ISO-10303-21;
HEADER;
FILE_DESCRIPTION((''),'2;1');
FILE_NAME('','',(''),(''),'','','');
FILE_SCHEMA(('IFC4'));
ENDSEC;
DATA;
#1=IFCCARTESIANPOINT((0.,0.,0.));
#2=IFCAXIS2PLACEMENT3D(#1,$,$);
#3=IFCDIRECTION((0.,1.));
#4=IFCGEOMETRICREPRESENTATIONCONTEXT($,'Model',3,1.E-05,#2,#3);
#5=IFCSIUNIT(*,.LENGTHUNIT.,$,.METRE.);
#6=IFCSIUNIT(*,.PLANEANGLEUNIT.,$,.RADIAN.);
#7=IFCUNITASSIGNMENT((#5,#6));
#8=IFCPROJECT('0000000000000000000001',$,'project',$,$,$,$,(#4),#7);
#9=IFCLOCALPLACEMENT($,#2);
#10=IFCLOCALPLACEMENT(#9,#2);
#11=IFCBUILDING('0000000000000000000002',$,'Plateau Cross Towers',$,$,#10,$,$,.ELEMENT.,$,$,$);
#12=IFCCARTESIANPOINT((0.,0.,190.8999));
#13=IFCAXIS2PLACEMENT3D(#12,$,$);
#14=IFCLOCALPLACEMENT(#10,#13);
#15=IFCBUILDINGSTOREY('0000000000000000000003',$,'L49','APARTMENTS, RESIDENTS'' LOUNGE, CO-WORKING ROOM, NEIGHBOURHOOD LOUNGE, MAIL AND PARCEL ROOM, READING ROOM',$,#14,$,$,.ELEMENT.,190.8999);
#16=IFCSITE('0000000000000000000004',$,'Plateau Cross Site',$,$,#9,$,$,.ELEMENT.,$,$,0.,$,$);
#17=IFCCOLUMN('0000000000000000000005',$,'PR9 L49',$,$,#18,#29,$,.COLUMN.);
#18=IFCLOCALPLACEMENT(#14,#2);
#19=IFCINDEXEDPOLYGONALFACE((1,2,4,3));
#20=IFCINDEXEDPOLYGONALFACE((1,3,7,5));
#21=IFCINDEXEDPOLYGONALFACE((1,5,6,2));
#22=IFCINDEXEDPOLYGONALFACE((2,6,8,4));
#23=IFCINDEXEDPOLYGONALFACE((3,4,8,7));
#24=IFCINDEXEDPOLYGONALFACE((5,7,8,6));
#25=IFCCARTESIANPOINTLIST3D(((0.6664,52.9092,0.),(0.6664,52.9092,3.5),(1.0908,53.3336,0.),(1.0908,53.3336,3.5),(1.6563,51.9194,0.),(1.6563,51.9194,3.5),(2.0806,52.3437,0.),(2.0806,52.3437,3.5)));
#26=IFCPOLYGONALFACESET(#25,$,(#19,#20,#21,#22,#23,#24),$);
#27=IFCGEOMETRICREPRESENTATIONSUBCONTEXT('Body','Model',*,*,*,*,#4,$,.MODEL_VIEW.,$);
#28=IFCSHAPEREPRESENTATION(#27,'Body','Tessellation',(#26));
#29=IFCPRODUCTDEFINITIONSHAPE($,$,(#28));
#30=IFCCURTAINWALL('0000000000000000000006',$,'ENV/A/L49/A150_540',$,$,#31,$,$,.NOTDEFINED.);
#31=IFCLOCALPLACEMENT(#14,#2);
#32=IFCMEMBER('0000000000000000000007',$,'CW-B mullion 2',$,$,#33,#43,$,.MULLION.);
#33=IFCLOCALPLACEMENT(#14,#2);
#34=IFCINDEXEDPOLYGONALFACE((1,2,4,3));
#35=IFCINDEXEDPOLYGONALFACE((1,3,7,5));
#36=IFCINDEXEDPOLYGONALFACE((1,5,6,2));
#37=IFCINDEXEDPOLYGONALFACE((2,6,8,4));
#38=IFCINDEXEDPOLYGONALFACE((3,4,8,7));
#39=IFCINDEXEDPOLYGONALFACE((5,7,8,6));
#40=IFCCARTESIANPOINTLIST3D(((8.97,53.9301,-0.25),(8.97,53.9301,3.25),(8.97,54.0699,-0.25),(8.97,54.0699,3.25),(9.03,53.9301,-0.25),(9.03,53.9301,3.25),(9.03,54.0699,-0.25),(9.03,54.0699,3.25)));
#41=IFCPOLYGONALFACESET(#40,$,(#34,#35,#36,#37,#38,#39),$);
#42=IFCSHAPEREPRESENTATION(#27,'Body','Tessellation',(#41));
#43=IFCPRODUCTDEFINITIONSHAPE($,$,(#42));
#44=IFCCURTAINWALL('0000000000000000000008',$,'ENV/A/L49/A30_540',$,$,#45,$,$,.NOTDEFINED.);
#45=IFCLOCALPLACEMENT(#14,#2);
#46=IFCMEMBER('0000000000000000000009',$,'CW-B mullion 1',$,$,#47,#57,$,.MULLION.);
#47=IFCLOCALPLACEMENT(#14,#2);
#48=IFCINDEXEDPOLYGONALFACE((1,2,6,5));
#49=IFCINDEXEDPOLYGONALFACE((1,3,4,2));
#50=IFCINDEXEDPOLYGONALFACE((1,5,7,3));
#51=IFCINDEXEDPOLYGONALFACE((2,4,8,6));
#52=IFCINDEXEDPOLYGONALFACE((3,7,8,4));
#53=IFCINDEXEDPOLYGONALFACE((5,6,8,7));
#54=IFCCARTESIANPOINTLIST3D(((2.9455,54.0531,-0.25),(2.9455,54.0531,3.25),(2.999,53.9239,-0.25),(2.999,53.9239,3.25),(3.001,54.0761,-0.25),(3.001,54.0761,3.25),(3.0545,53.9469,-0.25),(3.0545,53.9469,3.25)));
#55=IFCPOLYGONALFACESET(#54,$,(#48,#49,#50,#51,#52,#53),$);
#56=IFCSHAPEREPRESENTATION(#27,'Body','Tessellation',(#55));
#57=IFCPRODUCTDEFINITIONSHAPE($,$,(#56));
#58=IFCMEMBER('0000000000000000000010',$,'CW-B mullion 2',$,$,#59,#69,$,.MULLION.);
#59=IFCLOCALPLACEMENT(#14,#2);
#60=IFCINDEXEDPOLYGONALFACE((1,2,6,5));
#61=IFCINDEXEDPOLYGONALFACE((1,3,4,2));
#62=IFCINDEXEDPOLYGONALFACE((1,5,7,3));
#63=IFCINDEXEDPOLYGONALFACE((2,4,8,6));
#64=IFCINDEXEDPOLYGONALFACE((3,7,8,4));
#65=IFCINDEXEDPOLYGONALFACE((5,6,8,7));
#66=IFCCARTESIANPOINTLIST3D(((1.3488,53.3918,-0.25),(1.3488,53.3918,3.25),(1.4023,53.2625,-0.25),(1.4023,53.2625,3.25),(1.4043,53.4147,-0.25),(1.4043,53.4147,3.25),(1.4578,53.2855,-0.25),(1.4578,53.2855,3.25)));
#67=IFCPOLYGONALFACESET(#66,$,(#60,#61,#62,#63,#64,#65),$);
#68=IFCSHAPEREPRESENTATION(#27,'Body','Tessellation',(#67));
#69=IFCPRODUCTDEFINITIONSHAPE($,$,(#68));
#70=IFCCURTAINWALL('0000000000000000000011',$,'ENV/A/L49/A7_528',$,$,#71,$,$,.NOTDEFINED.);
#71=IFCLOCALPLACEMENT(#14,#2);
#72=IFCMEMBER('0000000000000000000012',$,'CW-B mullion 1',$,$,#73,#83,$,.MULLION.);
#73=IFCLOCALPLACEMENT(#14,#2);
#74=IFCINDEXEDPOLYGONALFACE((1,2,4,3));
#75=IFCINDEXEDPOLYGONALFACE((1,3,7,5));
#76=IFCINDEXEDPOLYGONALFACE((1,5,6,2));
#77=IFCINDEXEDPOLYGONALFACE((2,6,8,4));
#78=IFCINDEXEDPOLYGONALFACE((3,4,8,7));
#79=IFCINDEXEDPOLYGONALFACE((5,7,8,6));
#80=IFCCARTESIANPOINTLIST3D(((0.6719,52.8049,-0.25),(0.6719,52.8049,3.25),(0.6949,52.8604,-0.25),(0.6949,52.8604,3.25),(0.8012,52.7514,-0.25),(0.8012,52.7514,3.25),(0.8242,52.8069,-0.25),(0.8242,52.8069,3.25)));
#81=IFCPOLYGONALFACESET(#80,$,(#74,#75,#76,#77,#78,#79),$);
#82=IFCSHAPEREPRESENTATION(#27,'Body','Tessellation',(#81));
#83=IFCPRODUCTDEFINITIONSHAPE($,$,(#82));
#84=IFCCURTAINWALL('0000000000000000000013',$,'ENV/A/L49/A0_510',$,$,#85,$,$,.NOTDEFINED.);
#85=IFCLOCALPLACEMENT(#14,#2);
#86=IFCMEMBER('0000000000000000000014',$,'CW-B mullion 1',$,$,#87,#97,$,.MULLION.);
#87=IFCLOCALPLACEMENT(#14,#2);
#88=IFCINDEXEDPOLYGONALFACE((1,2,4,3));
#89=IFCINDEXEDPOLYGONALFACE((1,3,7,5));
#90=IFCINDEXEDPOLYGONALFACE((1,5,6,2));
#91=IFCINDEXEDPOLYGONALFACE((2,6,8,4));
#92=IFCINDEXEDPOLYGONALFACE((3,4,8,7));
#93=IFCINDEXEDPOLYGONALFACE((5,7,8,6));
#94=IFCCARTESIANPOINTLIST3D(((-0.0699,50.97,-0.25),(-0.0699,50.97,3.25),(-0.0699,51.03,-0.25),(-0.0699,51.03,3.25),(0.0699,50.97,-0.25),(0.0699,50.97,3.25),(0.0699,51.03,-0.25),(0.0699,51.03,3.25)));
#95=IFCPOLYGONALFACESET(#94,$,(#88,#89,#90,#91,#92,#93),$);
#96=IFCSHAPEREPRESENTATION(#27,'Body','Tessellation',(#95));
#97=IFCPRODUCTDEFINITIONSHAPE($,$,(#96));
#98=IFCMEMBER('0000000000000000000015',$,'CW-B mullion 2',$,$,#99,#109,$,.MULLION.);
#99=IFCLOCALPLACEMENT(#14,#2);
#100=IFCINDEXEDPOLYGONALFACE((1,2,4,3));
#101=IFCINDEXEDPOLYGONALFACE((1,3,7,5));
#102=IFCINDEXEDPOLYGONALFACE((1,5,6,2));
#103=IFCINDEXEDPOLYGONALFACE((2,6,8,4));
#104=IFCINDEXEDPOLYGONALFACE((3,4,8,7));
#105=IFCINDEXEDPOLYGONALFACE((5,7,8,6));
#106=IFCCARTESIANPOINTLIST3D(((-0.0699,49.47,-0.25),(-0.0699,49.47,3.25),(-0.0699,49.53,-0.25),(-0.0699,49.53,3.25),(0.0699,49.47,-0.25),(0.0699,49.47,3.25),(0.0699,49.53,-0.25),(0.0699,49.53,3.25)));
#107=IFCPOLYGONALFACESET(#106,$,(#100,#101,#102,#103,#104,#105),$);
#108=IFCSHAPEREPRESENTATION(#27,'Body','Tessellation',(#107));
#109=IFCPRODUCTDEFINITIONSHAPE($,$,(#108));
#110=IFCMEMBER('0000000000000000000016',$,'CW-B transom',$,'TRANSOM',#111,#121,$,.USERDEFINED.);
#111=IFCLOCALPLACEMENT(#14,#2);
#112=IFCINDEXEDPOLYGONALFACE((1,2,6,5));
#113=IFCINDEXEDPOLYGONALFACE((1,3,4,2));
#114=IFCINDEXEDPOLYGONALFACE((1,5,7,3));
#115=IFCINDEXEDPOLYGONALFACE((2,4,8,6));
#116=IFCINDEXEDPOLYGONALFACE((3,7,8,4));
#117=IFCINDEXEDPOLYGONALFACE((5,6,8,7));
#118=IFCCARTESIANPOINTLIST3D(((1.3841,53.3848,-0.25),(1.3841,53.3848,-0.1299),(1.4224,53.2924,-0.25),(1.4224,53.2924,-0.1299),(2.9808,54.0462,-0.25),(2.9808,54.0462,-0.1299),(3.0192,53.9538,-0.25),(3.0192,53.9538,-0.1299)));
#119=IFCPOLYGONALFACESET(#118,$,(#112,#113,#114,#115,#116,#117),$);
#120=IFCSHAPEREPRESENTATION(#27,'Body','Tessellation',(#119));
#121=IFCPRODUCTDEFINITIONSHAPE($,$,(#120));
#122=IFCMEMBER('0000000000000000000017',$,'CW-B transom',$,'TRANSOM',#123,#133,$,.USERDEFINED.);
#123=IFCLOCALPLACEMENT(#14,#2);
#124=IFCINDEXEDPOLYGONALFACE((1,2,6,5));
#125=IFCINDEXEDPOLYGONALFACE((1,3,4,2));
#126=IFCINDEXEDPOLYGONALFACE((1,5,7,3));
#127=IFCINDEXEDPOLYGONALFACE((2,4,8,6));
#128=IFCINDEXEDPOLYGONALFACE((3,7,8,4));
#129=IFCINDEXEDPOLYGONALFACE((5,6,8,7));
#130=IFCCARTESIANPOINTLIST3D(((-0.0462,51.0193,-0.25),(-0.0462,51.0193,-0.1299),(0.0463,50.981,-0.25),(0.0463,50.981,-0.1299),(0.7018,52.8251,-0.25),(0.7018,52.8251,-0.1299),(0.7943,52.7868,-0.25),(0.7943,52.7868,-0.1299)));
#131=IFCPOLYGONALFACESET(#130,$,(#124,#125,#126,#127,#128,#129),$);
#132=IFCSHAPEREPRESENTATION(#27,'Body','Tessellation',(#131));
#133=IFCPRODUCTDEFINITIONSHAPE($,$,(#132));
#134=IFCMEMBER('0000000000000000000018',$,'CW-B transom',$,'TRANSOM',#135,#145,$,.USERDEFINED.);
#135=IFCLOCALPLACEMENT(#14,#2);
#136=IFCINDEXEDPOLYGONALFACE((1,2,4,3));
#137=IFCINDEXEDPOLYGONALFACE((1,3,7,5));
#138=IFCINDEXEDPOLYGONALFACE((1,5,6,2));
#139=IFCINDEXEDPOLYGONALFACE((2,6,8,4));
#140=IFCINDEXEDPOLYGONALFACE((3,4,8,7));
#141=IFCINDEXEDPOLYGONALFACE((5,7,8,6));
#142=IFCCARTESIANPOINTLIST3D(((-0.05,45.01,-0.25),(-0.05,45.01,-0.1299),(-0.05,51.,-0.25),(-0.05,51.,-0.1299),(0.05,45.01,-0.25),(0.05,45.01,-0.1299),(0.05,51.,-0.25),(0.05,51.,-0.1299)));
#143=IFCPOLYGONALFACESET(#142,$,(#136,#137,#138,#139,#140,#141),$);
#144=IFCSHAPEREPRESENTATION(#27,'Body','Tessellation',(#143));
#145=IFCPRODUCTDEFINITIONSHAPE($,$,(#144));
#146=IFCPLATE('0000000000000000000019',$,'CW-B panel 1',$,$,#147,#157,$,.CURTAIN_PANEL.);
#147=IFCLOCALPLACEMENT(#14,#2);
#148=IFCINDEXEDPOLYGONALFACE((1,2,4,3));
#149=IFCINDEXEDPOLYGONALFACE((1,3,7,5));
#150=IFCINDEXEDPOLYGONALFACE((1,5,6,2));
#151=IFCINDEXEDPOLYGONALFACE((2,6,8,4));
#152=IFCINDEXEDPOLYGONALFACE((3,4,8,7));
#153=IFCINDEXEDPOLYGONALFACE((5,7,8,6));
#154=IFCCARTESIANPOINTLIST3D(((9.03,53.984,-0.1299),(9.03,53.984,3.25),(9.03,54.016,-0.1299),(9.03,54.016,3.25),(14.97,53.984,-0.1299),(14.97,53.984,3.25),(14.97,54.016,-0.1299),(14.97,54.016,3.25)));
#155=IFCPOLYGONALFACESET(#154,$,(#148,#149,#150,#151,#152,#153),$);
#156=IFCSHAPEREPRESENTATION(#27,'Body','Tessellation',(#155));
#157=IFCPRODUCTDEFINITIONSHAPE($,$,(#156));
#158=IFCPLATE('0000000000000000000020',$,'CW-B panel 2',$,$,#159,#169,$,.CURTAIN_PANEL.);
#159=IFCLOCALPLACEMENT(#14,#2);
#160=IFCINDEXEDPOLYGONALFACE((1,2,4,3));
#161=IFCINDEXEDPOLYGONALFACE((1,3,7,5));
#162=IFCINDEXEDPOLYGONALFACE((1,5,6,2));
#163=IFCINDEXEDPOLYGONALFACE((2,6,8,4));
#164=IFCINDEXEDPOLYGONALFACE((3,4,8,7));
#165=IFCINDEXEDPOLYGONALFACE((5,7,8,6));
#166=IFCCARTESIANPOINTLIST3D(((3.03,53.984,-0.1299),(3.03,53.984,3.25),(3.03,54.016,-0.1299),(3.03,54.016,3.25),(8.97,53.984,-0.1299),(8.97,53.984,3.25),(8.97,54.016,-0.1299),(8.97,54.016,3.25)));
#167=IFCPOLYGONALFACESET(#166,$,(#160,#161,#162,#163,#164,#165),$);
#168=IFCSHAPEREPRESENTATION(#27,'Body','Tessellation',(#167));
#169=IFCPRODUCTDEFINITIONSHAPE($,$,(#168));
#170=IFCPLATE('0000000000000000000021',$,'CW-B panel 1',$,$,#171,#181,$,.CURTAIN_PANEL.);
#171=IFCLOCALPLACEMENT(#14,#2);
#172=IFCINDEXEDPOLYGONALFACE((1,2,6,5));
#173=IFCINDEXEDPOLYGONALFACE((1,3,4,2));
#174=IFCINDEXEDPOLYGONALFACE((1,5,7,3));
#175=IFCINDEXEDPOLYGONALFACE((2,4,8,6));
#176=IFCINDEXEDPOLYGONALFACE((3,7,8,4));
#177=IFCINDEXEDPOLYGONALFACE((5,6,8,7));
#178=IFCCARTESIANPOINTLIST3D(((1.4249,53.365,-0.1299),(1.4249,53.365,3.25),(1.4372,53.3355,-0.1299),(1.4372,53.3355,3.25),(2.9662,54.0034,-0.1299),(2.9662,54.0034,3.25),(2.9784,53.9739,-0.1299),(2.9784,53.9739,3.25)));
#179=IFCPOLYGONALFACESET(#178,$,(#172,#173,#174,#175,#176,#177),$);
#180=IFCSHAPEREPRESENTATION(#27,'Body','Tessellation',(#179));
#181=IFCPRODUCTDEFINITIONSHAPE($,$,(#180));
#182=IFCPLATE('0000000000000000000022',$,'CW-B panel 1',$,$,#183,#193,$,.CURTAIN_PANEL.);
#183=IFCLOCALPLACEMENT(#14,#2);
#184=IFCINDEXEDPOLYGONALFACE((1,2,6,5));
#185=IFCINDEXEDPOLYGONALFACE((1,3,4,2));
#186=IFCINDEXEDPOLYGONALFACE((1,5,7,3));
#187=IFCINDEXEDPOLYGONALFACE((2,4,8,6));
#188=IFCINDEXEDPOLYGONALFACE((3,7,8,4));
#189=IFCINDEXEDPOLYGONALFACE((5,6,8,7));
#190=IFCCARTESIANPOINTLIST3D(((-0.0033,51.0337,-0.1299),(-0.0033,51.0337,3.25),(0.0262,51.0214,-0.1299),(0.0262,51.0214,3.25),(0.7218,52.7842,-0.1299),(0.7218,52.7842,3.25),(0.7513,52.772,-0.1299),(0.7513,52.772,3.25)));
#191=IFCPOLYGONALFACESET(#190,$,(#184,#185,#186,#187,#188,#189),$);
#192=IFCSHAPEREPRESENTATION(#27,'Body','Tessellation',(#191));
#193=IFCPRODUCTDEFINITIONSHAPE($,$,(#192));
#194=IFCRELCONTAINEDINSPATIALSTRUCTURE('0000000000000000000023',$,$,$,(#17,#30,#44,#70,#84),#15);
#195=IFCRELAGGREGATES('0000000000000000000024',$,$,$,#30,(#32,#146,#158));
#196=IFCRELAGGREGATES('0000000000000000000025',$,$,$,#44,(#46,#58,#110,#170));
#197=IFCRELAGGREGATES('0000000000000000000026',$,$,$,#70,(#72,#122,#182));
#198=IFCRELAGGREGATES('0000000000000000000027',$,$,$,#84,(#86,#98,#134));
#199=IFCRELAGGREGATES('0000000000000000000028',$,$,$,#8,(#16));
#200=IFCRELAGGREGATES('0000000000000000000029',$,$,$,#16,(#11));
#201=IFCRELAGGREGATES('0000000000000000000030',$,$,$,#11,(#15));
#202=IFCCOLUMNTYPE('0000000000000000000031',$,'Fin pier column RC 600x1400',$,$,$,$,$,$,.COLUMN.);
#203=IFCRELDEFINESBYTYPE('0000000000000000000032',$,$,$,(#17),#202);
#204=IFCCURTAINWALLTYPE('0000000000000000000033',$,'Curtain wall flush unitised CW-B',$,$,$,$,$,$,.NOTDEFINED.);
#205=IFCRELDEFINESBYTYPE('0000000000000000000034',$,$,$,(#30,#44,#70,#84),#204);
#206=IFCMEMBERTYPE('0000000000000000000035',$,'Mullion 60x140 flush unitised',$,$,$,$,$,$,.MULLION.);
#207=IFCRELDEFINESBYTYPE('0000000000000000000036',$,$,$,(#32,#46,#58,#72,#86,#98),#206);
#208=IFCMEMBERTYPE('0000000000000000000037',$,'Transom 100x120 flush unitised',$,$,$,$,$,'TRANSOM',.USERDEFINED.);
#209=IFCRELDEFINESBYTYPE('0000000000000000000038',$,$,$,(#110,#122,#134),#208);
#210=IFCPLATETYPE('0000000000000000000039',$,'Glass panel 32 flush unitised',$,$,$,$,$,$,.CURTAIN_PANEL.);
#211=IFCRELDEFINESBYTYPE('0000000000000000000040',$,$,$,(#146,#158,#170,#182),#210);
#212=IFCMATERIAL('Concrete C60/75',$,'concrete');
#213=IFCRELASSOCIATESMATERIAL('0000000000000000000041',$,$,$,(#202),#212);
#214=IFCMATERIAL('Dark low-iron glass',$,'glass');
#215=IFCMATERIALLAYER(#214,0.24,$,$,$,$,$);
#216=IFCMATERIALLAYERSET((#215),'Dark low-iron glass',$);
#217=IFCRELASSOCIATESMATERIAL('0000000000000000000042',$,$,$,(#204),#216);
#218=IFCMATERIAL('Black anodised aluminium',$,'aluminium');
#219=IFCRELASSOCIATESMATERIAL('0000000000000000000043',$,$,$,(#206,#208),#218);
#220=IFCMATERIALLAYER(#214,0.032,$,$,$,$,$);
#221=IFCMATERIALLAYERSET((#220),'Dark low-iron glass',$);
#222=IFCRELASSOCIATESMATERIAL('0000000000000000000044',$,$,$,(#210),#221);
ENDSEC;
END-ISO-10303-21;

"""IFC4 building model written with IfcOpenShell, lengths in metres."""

from ifc_helpers import new_model, si_unit, direction, frame, origin, origin_2d, place, context, subcontext, project, spatial, rectangle, extrude, material, layer, layer_set, material_profile, profile_set, type_object, element, aggregate, save


model = new_model("IFC4")

# Units and contexts
model_context = context("Model", 3, precision=1e-05, world=origin(), true_north=direction((0.0, 1.0)))
body_context = subcontext(model_context, "Body", "Model", "MODEL_VIEW")
ifc_project = project(units=[si_unit("LENGTHUNIT", "METRE"), si_unit("PLANEANGLEUNIT", "RADIAN")], contexts=[model_context])

# Site, building, storey
site_placement = place(None, origin())
site = spatial("IfcSite", under=ifc_project, at=site_placement, Name="Plateau Cross Site", CompositionType="ELEMENT", RefElevation=0.0)
building_placement = place(site_placement, origin())
building = spatial("IfcBuilding", under=site, at=building_placement, Name="Plateau Cross Towers", CompositionType="ELEMENT")
storey_placement = place(building_placement, frame((0.0, 0.0, 190.8999)))
storey = spatial("IfcBuildingStorey", under=building, at=storey_placement, Name="L49", Description="APARTMENTS, RESIDENTS' LOUNGE, CO-WORKING ROOM, NEIGHBOURHOOD LOUNGE, MAIL AND PARCEL ROOM, READING ROOM", CompositionType="ELEMENT", Elevation=190.8999)

# Column
ifc_material_1 = material(Name="Concrete C60/75", Category="concrete")
ifc_material_profile_1 = material_profile(ifc_material_1, rectangle(XDim=0.6001, YDim=1.3999, at=origin_2d()), Name="RC 600x1400")
ifc_profile_set_1 = profile_set([ifc_material_profile_1], Name="Concrete C60/75")
column_type = type_object("IfcColumnType", Name="Fin pier column RC 600x1400", PredefinedType="COLUMN", material=ifc_profile_set_1)
column_placement = place(storey_placement, frame((1.3735, 52.6265, 0.0), z_axis=(0.0, 0.0, 1.0), x_axis=(0.707107, 0.707107, 0.0)))
element("IfcColumn", 1, at=column_placement, inside=storey, type_object=column_type, Name="PR9 L49", PredefinedType="COLUMN", context=body_context, shape_type="SweptSolid", body=[
    extrude(rectangle(XDim=0.6001, YDim=1.3999, at=origin_2d()), origin(), (0.0, 0.0, 1.0), 3.5),
])

# Curtain wall, member
ifc_material_2 = material(Name="Dark low-iron glass", Category="glass")
ifc_layer_1 = layer(ifc_material_2, 0.24)
ifc_layer_set_1 = layer_set([ifc_layer_1], Name="Dark low-iron glass")
curtain_wall_type = type_object("IfcCurtainWallType", Name="Curtain wall flush unitised CW-B", PredefinedType="NOTDEFINED", material=ifc_layer_set_1)
curtain_wall_1_placement = place(storey_placement, origin())
curtain_wall_1 = element("IfcCurtainWall", 2, at=curtain_wall_1_placement, inside=storey, type_object=curtain_wall_type, Name="ENV/A/L49/A150_540", PredefinedType="NOTDEFINED")
ifc_material_3 = material(Name="Black anodised aluminium", Category="aluminium")
ifc_material_profile_2 = material_profile(ifc_material_3, rectangle(XDim=0.0601, YDim=0.1399, at=origin_2d()), Name="MULLION 60x140")
ifc_profile_set_2 = profile_set([ifc_material_profile_2], Name="Black anodised aluminium")
member_type_1 = type_object("IfcMemberType", Name="Mullion 60x140 flush unitised", PredefinedType="MULLION", material=ifc_profile_set_2)
member_1_placement = place(storey_placement, frame((9.0, 54.0, -0.25), z_axis=(0.0, 0.0, 1.0), x_axis=(-1.0, 0.0, 0.0)))
member_1 = element("IfcMember", 3, at=member_1_placement, type_object=member_type_1, Name="CW-B mullion 2", PredefinedType="MULLION", context=body_context, shape_type="SweptSolid", body=[
    extrude(rectangle(XDim=0.0601, YDim=0.1399, at=origin_2d()), origin(), (0.0, 0.0, 1.0), 3.5),
])

# Curtain wall, members
curtain_wall_2_placement = place(storey_placement, origin())
curtain_wall_2 = element("IfcCurtainWall", 4, at=curtain_wall_2_placement, inside=storey, type_object=curtain_wall_type, Name="ENV/A/L49/A30_540", PredefinedType="NOTDEFINED")
member_2_placement = place(storey_placement, frame((3.0, 54.0, -0.25), z_axis=(0.0, 0.0, 1.0), x_axis=(-0.923879, -0.382684, 0.0)))
member_2 = element("IfcMember", 5, at=member_2_placement, type_object=member_type_1, Name="CW-B mullion 1", PredefinedType="MULLION", context=body_context, shape_type="SweptSolid", body=[
    extrude(rectangle(XDim=0.0601, YDim=0.1399, at=origin_2d()), origin(), (0.0, 0.0, 1.0), 3.5),
])
member_3_placement = place(storey_placement, frame((1.4033, 53.3386, -0.25), z_axis=(0.0, 0.0, 1.0), x_axis=(-0.923879, -0.382684, 0.0)))
member_3 = element("IfcMember", 6, at=member_3_placement, type_object=member_type_1, Name="CW-B mullion 2", PredefinedType="MULLION", context=body_context, shape_type="SweptSolid", body=[
    extrude(rectangle(XDim=0.0601, YDim=0.1399, at=origin_2d()), origin(), (0.0, 0.0, 1.0), 3.5),
])

# Curtain wall, member
curtain_wall_3_placement = place(storey_placement, origin())
curtain_wall_3 = element("IfcCurtainWall", 7, at=curtain_wall_3_placement, inside=storey, type_object=curtain_wall_type, Name="ENV/A/L49/A7_528", PredefinedType="NOTDEFINED")
member_4_placement = place(storey_placement, frame((0.748, 52.8059, -0.25), z_axis=(0.0, 0.0, 1.0), x_axis=(-0.382684, -0.923879, 0.0)))
member_4 = element("IfcMember", 8, at=member_4_placement, type_object=member_type_1, Name="CW-B mullion 1", PredefinedType="MULLION", context=body_context, shape_type="SweptSolid", body=[
    extrude(rectangle(XDim=0.0601, YDim=0.1399, at=origin_2d()), origin(), (0.0, 0.0, 1.0), 3.5),
])

# Curtain wall, members
curtain_wall_4_placement = place(storey_placement, origin())
curtain_wall_4 = element("IfcCurtainWall", 9, at=curtain_wall_4_placement, inside=storey, type_object=curtain_wall_type, Name="ENV/A/L49/A0_510", PredefinedType="NOTDEFINED")
member_5_placement = place(storey_placement, frame((0.0, 51.0, -0.25), z_axis=(0.0, 0.0, 1.0), x_axis=(0.0, -1.0, 0.0)))
member_5 = element("IfcMember", 10, at=member_5_placement, type_object=member_type_1, Name="CW-B mullion 1", PredefinedType="MULLION", context=body_context, shape_type="SweptSolid", body=[
    extrude(rectangle(XDim=0.0601, YDim=0.1399, at=origin_2d()), origin(), (0.0, 0.0, 1.0), 3.5),
])
member_6_placement = place(storey_placement, frame((0.0, 49.5, -0.25), z_axis=(0.0, 0.0, 1.0), x_axis=(0.0, -1.0, 0.0)))
member_6 = element("IfcMember", 11, at=member_6_placement, type_object=member_type_1, Name="CW-B mullion 2", PredefinedType="MULLION", context=body_context, shape_type="SweptSolid", body=[
    extrude(rectangle(XDim=0.0601, YDim=0.1399, at=origin_2d()), origin(), (0.0, 0.0, 1.0), 3.5),
])

# Members
ifc_material_profile_3 = material_profile(ifc_material_3, rectangle(XDim=0.1001, YDim=0.1201, at=origin_2d()), Name="TRANSOM 100x120")
ifc_profile_set_3 = profile_set([ifc_material_profile_3], Name="Black anodised aluminium")
member_type_2 = type_object("IfcMemberType", Name="Transom 100x120 flush unitised", ElementType="TRANSOM", PredefinedType="USERDEFINED", material=ifc_profile_set_3)
member_7_placement = place(storey_placement, frame((3.0, 54.0, -0.1899), z_axis=(-0.923877, -0.382689, 0.0), x_axis=(0.382689, -0.923877, 0.0)))
member_7 = element("IfcMember", 12, at=member_7_placement, type_object=member_type_2, Name="CW-B transom", ObjectType="TRANSOM", PredefinedType="USERDEFINED", context=body_context, shape_type="SweptSolid", body=[
    extrude(rectangle(XDim=0.1001, YDim=0.1201, at=origin_2d()), origin(), (0.0, 0.0, 1.0), 1.7283),
])
member_8_placement = place(storey_placement, frame((0.748, 52.8059, -0.1899), z_axis=(-0.38269, -0.923877, 0.0), x_axis=(0.923877, -0.38269, 0.0)))
member_8 = element("IfcMember", 13, at=member_8_placement, type_object=member_type_2, Name="CW-B transom", ObjectType="TRANSOM", PredefinedType="USERDEFINED", context=body_context, shape_type="SweptSolid", body=[
    extrude(rectangle(XDim=0.1001, YDim=0.1201, at=origin_2d()), origin(), (0.0, 0.0, 1.0), 1.9546),
])
member_9_placement = place(storey_placement, frame((0.0, 51.0, -0.1899), z_axis=(0.0, -1.0, 0.0), x_axis=(1.0, 0.0, 0.0)))
member_9 = element("IfcMember", 14, at=member_9_placement, type_object=member_type_2, Name="CW-B transom", ObjectType="TRANSOM", PredefinedType="USERDEFINED", context=body_context, shape_type="SweptSolid", body=[
    extrude(rectangle(XDim=0.1001, YDim=0.1201, at=origin_2d()), origin(), (0.0, 0.0, 1.0), 5.99),
])

# Plates
ifc_layer_2 = layer(ifc_material_2, 0.032)
ifc_layer_set_2 = layer_set([ifc_layer_2], Name="Dark low-iron glass")
plate_type = type_object("IfcPlateType", Name="Glass panel 32 flush unitised", PredefinedType="CURTAIN_PANEL", material=ifc_layer_set_2)
plate_1_placement = place(storey_placement, frame((12.0, 54.0, -0.1299), z_axis=(0.0, 0.0, 1.0), x_axis=(-1.0, 0.0, 0.0)))
plate_1 = element("IfcPlate", 15, at=plate_1_placement, type_object=plate_type, Name="CW-B panel 1", PredefinedType="CURTAIN_PANEL", context=body_context, shape_type="SweptSolid", body=[
    extrude(rectangle(XDim=5.9399, YDim=0.032, at=origin_2d()), origin(), (0.0, 0.0, 1.0), 3.3799),
])
plate_2_placement = place(storey_placement, frame((6.0, 54.0, -0.1299), z_axis=(0.0, 0.0, 1.0), x_axis=(-1.0, 0.0, 0.0)))
plate_2 = element("IfcPlate", 16, at=plate_2_placement, type_object=plate_type, Name="CW-B panel 2", PredefinedType="CURTAIN_PANEL", context=body_context, shape_type="SweptSolid", body=[
    extrude(rectangle(XDim=5.9399, YDim=0.032, at=origin_2d()), origin(), (0.0, 0.0, 1.0), 3.3799),
])
aggregate(curtain_wall_1, [member_1, plate_1, plate_2])
plate_3_placement = place(storey_placement, frame((2.2017, 53.6694, -0.1299), z_axis=(0.0, 0.0, 1.0), x_axis=(-0.923879, -0.382684, 0.0)))
plate_3 = element("IfcPlate", 17, at=plate_3_placement, type_object=plate_type, Name="CW-B panel 1", PredefinedType="CURTAIN_PANEL", context=body_context, shape_type="SweptSolid", body=[
    extrude(rectangle(XDim=1.6682, YDim=0.032, at=origin_2d()), origin(), (0.0, 0.0, 1.0), 3.3799),
])
aggregate(curtain_wall_2, [member_2, member_3, member_7, plate_3])
plate_4_placement = place(storey_placement, frame((0.374, 51.9028, -0.1299), z_axis=(0.0, 0.0, 1.0), x_axis=(-0.382684, -0.923879, 0.0)))
plate_4 = element("IfcPlate", 18, at=plate_4_placement, type_object=plate_type, Name="CW-B panel 1", PredefinedType="CURTAIN_PANEL", context=body_context, shape_type="SweptSolid", body=[
    extrude(rectangle(XDim=1.8948, YDim=0.032, at=origin_2d()), origin(), (0.0, 0.0, 1.0), 3.3799),
])
aggregate(curtain_wall_3, [member_4, member_8, plate_4])
aggregate(curtain_wall_4, [member_5, member_6, member_9])

save(model, "model.ifc")
